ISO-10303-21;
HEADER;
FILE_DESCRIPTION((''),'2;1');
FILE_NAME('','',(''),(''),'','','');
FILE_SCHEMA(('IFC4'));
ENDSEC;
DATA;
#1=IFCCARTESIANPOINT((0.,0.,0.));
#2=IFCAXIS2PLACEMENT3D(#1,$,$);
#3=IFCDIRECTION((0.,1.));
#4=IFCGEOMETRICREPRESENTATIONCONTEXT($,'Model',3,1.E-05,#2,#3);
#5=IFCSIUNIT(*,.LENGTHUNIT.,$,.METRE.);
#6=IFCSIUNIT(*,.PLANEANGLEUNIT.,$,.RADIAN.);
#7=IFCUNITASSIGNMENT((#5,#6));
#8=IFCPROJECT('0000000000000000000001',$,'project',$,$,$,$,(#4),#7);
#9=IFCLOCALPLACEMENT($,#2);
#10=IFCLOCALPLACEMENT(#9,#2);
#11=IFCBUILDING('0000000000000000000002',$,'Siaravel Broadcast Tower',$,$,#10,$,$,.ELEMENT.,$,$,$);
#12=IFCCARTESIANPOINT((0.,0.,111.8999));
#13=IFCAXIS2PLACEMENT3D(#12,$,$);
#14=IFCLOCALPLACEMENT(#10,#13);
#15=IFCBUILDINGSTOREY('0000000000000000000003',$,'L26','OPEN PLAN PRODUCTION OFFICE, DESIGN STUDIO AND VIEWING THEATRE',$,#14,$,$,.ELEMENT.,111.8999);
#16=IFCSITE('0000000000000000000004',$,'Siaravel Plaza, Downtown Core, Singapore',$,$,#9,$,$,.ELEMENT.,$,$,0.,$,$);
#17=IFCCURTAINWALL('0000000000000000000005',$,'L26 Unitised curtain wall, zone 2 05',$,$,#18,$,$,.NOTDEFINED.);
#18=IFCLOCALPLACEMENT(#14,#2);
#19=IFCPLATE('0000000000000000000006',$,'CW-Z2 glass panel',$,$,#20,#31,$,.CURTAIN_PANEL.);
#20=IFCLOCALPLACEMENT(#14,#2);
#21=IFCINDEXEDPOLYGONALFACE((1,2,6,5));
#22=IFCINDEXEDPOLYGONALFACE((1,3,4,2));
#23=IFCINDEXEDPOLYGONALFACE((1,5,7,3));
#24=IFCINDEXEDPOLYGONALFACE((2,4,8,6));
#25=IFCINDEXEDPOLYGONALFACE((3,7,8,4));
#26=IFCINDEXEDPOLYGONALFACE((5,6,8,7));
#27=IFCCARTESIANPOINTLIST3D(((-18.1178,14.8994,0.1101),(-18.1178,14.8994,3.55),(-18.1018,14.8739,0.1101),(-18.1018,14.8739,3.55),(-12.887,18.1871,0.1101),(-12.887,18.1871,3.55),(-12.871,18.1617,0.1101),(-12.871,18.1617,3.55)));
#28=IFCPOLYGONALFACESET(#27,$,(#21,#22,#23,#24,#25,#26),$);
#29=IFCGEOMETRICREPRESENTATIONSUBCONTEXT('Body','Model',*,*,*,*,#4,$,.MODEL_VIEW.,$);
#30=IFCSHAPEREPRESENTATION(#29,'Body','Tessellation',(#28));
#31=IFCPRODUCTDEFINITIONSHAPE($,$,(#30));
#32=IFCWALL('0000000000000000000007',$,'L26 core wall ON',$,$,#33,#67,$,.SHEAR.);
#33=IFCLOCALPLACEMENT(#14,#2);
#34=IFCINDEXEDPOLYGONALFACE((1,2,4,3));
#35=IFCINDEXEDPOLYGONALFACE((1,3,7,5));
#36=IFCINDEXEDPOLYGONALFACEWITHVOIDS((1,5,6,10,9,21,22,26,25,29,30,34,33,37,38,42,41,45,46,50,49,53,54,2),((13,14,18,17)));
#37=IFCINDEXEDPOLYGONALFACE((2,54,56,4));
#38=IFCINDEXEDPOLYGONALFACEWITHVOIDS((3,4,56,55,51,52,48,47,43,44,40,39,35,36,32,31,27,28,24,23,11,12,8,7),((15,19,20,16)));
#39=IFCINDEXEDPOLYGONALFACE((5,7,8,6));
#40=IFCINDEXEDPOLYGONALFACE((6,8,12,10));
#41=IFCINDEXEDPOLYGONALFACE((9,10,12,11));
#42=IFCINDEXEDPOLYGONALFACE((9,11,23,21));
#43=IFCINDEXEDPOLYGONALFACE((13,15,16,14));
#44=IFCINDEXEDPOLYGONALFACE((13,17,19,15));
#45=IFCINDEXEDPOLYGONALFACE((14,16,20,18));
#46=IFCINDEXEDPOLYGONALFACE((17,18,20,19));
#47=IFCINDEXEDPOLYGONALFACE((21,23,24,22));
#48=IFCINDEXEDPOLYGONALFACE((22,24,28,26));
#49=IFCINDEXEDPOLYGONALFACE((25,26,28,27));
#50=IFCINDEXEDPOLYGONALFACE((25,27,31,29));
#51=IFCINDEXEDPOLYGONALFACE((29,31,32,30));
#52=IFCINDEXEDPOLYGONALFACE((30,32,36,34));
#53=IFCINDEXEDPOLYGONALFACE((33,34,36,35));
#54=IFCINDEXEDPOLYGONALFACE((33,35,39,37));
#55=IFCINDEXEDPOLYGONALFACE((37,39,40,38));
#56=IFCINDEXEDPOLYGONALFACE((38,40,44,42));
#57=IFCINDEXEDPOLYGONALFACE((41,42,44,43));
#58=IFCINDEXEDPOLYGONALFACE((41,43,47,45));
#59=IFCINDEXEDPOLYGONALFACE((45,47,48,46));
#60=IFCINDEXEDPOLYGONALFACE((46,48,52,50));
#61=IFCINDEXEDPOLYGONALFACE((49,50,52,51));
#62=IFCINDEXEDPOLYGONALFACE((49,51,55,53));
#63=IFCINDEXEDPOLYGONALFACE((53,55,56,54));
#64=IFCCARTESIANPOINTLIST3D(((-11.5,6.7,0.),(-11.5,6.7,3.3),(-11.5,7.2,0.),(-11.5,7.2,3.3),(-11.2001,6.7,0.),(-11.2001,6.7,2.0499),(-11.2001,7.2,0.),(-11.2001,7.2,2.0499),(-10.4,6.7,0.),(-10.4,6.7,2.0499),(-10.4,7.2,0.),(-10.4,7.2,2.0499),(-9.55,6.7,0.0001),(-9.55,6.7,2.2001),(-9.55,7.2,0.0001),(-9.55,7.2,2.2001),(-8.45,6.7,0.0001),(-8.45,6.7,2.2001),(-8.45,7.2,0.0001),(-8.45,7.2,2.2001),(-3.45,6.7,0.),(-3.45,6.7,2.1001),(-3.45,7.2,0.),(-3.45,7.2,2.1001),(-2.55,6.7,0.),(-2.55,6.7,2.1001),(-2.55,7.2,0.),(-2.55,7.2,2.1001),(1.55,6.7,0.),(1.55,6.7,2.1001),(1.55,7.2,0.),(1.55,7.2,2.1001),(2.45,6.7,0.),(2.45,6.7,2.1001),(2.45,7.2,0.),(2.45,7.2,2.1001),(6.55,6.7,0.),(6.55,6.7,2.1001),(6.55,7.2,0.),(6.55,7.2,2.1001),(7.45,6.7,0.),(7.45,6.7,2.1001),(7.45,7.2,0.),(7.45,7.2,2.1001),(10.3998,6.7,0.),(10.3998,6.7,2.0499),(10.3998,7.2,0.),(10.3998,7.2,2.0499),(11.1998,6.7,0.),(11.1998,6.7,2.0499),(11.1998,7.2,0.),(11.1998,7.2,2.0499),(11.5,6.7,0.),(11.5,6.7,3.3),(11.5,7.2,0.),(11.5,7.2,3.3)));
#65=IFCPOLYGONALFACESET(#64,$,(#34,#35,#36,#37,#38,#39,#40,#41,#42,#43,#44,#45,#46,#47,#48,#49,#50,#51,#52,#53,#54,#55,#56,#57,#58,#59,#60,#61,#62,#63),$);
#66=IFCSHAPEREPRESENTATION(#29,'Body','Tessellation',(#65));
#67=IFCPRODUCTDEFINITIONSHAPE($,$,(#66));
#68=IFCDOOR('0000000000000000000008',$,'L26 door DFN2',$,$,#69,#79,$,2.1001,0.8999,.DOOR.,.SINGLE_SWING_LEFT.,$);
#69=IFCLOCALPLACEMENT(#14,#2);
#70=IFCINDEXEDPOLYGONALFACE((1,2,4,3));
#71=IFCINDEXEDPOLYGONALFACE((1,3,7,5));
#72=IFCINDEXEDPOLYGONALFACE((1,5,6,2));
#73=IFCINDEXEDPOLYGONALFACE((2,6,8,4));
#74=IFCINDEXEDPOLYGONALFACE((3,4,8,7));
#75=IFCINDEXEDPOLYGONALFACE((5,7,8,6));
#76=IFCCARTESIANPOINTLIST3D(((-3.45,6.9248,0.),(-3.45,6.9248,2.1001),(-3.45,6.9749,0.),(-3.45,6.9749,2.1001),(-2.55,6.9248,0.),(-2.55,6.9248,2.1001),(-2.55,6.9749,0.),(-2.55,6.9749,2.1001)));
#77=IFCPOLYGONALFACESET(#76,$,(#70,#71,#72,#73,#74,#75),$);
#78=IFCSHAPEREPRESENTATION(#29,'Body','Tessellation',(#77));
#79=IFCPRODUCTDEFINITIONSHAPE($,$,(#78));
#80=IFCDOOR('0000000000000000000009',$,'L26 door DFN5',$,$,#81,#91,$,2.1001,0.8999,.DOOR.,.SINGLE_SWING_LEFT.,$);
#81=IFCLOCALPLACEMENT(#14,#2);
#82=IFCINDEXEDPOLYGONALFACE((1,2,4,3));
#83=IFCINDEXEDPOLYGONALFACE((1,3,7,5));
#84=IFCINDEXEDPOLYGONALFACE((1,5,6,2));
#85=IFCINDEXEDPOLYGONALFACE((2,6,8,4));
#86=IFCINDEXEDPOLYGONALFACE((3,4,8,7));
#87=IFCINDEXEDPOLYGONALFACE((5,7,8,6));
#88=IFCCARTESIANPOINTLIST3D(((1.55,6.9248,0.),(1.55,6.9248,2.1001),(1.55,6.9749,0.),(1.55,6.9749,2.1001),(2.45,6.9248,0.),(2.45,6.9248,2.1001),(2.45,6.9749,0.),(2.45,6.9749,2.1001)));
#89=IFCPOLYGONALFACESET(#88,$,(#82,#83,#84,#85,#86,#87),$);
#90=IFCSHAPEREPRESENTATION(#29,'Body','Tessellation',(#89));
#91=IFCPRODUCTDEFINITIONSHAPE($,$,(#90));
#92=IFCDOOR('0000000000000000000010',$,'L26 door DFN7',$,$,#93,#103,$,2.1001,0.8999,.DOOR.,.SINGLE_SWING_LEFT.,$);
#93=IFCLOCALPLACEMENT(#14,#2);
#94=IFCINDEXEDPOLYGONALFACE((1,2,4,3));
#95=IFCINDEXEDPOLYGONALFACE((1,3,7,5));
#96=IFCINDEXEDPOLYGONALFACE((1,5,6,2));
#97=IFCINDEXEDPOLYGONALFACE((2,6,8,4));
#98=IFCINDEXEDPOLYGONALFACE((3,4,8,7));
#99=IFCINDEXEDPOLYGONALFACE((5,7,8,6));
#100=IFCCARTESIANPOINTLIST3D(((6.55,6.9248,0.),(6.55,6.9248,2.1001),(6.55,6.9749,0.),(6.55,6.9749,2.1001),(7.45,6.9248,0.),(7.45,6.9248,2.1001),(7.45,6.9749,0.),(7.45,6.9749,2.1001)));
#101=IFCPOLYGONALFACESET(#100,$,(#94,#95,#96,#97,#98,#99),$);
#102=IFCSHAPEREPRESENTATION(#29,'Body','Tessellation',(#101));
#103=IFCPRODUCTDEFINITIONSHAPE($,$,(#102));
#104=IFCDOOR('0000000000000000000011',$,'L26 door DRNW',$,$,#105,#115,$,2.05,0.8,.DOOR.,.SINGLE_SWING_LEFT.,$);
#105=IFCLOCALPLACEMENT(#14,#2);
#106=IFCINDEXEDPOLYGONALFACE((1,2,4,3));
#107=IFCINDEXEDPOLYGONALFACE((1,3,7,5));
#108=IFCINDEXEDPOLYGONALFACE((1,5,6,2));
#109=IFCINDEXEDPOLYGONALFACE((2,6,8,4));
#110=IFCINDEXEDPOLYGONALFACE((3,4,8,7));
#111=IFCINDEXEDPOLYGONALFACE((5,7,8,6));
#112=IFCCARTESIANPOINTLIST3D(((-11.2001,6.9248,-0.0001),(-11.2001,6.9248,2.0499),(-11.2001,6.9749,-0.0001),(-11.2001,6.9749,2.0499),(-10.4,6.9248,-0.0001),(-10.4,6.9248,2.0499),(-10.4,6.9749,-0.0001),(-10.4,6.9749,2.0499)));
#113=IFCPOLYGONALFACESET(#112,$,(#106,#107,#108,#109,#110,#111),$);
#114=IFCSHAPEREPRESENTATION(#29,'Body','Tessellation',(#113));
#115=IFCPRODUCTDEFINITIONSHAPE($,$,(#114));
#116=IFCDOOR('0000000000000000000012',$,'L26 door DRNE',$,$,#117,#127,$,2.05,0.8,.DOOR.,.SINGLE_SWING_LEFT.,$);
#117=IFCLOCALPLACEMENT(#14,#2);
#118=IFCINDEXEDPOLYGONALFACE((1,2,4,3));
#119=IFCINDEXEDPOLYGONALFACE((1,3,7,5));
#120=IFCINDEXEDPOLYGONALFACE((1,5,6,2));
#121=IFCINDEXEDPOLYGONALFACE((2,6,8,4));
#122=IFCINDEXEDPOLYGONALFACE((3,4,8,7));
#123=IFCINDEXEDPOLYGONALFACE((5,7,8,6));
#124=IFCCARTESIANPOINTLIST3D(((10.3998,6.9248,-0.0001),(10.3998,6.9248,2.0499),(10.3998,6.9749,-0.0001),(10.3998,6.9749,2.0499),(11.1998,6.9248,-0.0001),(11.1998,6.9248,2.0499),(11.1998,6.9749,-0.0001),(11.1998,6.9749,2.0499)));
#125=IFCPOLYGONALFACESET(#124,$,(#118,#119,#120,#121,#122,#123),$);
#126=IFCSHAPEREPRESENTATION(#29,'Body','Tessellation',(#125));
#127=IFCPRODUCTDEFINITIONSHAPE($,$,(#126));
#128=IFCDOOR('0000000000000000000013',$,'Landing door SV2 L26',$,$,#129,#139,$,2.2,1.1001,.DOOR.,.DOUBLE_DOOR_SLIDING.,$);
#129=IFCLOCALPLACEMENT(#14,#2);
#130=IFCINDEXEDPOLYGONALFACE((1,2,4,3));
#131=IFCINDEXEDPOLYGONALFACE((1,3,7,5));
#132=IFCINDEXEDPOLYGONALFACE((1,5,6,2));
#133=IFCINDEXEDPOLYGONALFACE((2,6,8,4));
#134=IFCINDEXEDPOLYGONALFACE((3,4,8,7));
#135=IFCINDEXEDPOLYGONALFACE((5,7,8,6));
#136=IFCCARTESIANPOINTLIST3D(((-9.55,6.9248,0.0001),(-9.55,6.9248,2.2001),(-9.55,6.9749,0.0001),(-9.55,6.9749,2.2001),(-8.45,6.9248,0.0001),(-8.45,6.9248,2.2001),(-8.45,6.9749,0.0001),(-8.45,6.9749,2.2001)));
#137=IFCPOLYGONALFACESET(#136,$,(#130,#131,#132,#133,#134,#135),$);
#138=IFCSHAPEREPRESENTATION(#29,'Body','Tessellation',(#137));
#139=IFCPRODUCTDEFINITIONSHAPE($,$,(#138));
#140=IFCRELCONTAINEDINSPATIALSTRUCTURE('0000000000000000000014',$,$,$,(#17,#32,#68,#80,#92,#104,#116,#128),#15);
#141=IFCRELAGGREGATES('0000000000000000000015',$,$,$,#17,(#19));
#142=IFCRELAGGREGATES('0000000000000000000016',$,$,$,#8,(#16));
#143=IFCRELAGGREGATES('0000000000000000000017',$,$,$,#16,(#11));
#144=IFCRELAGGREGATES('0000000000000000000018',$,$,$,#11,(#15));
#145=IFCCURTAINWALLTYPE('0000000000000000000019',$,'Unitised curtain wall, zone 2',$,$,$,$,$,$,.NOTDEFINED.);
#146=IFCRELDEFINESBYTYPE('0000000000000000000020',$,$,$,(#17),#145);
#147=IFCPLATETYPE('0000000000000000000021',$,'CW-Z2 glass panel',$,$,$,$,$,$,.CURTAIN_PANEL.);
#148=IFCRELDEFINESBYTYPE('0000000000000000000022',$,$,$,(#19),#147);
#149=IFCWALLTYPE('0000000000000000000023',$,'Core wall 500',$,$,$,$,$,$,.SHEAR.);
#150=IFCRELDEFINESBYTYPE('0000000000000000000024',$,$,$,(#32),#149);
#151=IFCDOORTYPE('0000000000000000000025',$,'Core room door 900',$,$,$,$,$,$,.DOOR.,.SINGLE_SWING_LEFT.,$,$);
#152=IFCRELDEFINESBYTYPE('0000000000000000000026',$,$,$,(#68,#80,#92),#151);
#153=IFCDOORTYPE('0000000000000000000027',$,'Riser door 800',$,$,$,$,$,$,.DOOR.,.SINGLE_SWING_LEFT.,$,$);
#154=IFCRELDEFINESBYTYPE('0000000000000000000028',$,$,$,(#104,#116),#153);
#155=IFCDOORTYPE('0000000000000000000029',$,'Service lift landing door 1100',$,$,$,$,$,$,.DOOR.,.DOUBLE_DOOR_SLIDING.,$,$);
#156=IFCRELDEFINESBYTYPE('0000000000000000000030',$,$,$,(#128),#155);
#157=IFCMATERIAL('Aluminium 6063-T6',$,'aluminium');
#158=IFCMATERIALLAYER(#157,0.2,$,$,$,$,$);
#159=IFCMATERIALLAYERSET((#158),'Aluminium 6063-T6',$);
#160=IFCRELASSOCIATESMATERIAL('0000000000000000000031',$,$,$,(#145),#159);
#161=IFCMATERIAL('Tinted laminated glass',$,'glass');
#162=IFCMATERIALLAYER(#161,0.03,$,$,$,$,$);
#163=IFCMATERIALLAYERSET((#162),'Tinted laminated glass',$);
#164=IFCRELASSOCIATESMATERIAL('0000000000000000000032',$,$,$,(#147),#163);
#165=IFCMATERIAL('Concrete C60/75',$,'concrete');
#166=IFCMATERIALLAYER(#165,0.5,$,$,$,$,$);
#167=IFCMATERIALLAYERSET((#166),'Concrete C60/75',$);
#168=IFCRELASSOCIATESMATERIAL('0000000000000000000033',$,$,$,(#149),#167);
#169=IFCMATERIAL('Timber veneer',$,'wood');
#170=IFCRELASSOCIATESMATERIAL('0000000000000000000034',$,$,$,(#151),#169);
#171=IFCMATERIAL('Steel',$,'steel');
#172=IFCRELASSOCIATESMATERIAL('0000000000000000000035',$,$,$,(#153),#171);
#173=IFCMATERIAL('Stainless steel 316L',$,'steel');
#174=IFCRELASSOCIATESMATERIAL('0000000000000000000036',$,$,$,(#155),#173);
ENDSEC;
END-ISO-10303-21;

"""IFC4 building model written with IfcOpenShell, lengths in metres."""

from ifc_helpers import new_model, si_unit, direction, frame, frame_2d, origin, origin_2d, place, context, subcontext, project, spatial, rectangle, extrude, material, layer, layer_set, type_object, element, fill, aggregate, save


model = new_model("IFC4")

# Units and contexts
model_context = context("Model", 3, precision=1e-05, world=origin(), true_north=direction((0.0, 1.0)))
body_context = subcontext(model_context, "Body", "Model", "MODEL_VIEW")
ifc_project = project(units=[si_unit("LENGTHUNIT", "METRE"), si_unit("PLANEANGLEUNIT", "RADIAN")], contexts=[model_context])

# Site, building, storey
site_placement = place(None, origin())
site = spatial("IfcSite", under=ifc_project, at=site_placement, Name="Siaravel Plaza, Downtown Core, Singapore", CompositionType="ELEMENT", RefElevation=0.0)
building_placement = place(site_placement, origin())
building = spatial("IfcBuilding", under=site, at=building_placement, Name="Siaravel Broadcast Tower", CompositionType="ELEMENT")
storey_placement = place(building_placement, frame((0.0, 0.0, 111.8999)))
storey = spatial("IfcBuildingStorey", under=building, at=storey_placement, Name="L26", Description="OPEN PLAN PRODUCTION OFFICE, DESIGN STUDIO AND VIEWING THEATRE", CompositionType="ELEMENT", Elevation=111.8999)

# Curtain wall, plate
ifc_material_1 = material(Name="Aluminium 6063-T6", Category="aluminium")
ifc_layer_1 = layer(ifc_material_1, 0.2)
ifc_layer_set_1 = layer_set([ifc_layer_1], Name="Aluminium 6063-T6")
curtain_wall_type = type_object("IfcCurtainWallType", Name="Unitised curtain wall, zone 2", PredefinedType="NOTDEFINED", material=ifc_layer_set_1)
curtain_wall_placement = place(storey_placement, origin())
curtain_wall = element("IfcCurtainWall", 1, at=curtain_wall_placement, inside=storey, type_object=curtain_wall_type, Name="L26 Unitised curtain wall, zone 2 05", PredefinedType="NOTDEFINED")
ifc_material_2 = material(Name="Tinted laminated glass", Category="glass")
ifc_layer_2 = layer(ifc_material_2, 0.03)
ifc_layer_set_2 = layer_set([ifc_layer_2], Name="Tinted laminated glass")
plate_type = type_object("IfcPlateType", Name="CW-Z2 glass panel", PredefinedType="CURTAIN_PANEL", material=ifc_layer_set_2)
plate_placement = place(storey_placement, frame((-15.4944, 16.5305, 0.1101), z_axis=(0.0, 0.0, 1.0), x_axis=(-0.846651, -0.532149, 0.0)))
plate = element("IfcPlate", 2, at=plate_placement, type_object=plate_type, Name="CW-Z2 glass panel", PredefinedType="CURTAIN_PANEL", context=body_context, shape_type="SweptSolid", body=[
    extrude(rectangle(XDim=6.1782, YDim=0.03, at=origin_2d()), origin(), (0.0, 0.0, 1.0), 3.4399),
])
aggregate(curtain_wall, [plate])

# Wall, openings, doors
ifc_material_3 = material(Name="Concrete C60/75", Category="concrete")
ifc_layer_3 = layer(ifc_material_3, 0.5)
ifc_layer_set_3 = layer_set([ifc_layer_3], Name="Concrete C60/75")
wall_type_1 = type_object("IfcWallType", Name="Core wall 500", PredefinedType="SHEAR", material=ifc_layer_set_3)
wall_1_placement = place(storey_placement, frame((-11.5, 6.95, 0.0), z_axis=(0.0, 0.0, 1.0), x_axis=(1.0, 0.0, 0.0)))
wall_1 = element("IfcWall", 3, at=wall_1_placement, inside=storey, type_object=wall_type_1, Name="L26 core wall ON", PredefinedType="SHEAR", context=body_context, shape_type="SweptSolid", body=[
    extrude(rectangle(XDim=23.0, YDim=0.5, at=frame_2d((11.5, 0.0))), origin(), (0.0, 0.0, 1.0), 3.3),
])
opening_1_placement = place(wall_1_placement, frame((1.95, 0.0, 0.0)))
opening_1 = element("IfcOpeningElement", 4, at=opening_1_placement, cuts=wall_1, PredefinedType="OPENING", context=body_context, shape_type="SweptSolid", body=[
    extrude(rectangle(XDim=1.1001, YDim=2.2, at=frame_2d((0.55, 1.1001))), frame((0.0, 0.26, 0.0), z_axis=(0.0, -1.0, 0.0), x_axis=(1.0, 0.0, 0.0)), (0.0, 0.0, 1.0), 0.52),
])
opening_2_placement = place(wall_1_placement, frame((8.05, 0.0, 0.0)))
opening_2 = element("IfcOpeningElement", 5, at=opening_2_placement, cuts=wall_1, PredefinedType="OPENING", context=body_context, shape_type="SweptSolid", body=[
    extrude(rectangle(XDim=0.8999, YDim=2.1001, at=frame_2d((0.45, 1.05))), frame((0.0, 0.26, 0.0), z_axis=(0.0, -1.0, 0.0), x_axis=(1.0, 0.0, 0.0)), (0.0, 0.0, 1.0), 0.52),
])
opening_3_placement = place(wall_1_placement, frame((13.05, 0.0, 0.0)))
opening_3 = element("IfcOpeningElement", 6, at=opening_3_placement, cuts=wall_1, PredefinedType="OPENING", context=body_context, shape_type="SweptSolid", body=[
    extrude(rectangle(XDim=0.8999, YDim=2.1001, at=frame_2d((0.45, 1.05))), frame((0.0, 0.26, 0.0), z_axis=(0.0, -1.0, 0.0), x_axis=(1.0, 0.0, 0.0)), (0.0, 0.0, 1.0), 0.52),
])
opening_4_placement = place(wall_1_placement, frame((18.05, 0.0, 0.0)))
opening_4 = element("IfcOpeningElement", 7, at=opening_4_placement, cuts=wall_1, PredefinedType="OPENING", context=body_context, shape_type="SweptSolid", body=[
    extrude(rectangle(XDim=0.8999, YDim=2.1001, at=frame_2d((0.45, 1.05))), frame((0.0, 0.26, 0.0), z_axis=(0.0, -1.0, 0.0), x_axis=(1.0, 0.0, 0.0)), (0.0, 0.0, 1.0), 0.52),
])
opening_5_placement = place(wall_1_placement, frame((0.3, 0.0, 0.0)))
opening_5 = element("IfcOpeningElement", 8, at=opening_5_placement, cuts=wall_1, PredefinedType="OPENING", context=body_context, shape_type="SweptSolid", body=[
    extrude(rectangle(XDim=0.8, YDim=2.05, at=frame_2d((0.3999, 1.0249))), frame((0.0, 0.26, 0.0), z_axis=(0.0, -1.0, 0.0), x_axis=(1.0, 0.0, 0.0)), (0.0, 0.0, 1.0), 0.52),
])
opening_6_placement = place(wall_1_placement, frame((21.8999, 0.0, 0.0)))
opening_6 = element("IfcOpeningElement", 9, at=opening_6_placement, cuts=wall_1, PredefinedType="OPENING", context=body_context, shape_type="SweptSolid", body=[
    extrude(rectangle(XDim=0.8, YDim=2.05, at=frame_2d((0.3999, 1.0249))), frame((0.0, 0.26, 0.0), z_axis=(0.0, -1.0, 0.0), x_axis=(1.0, 0.0, 0.0)), (0.0, 0.0, 1.0), 0.52),
])
ifc_material_4 = material(Name="Timber veneer", Category="wood")
door_type_1 = type_object("IfcDoorType", Name="Core room door 900", OperationType="SINGLE_SWING_LEFT", PredefinedType="DOOR", material=ifc_material_4)
door_1_placement = place(opening_2_placement, origin())
door_1 = element("IfcDoor", 10, at=door_1_placement, inside=storey, type_object=door_type_1, Name="L26 door DFN2", OperationType="SINGLE_SWING_LEFT", OverallHeight=2.1001, OverallWidth=0.8999, PredefinedType="DOOR", context=body_context, shape_type="SweptSolid", body=[
    extrude(rectangle(XDim=0.8999, YDim=2.1001, at=frame_2d((0.45, 1.05))), frame((0.0, 0.0249, 0.0), z_axis=(0.0, -1.0, 0.0), x_axis=(1.0, 0.0, 0.0)), (0.0, 0.0, 1.0), 0.05),
])
fill(opening_2, door_1)
door_2_placement = place(opening_3_placement, origin())
door_2 = element("IfcDoor", 11, at=door_2_placement, inside=storey, type_object=door_type_1, Name="L26 door DFN5", OperationType="SINGLE_SWING_LEFT", OverallHeight=2.1001, OverallWidth=0.8999, PredefinedType="DOOR", context=body_context, shape_type="SweptSolid", body=[
    extrude(rectangle(XDim=0.8999, YDim=2.1001, at=frame_2d((0.45, 1.05))), frame((0.0, 0.0249, 0.0), z_axis=(0.0, -1.0, 0.0), x_axis=(1.0, 0.0, 0.0)), (0.0, 0.0, 1.0), 0.05),
])
fill(opening_3, door_2)
door_3_placement = place(opening_4_placement, origin())
door_3 = element("IfcDoor", 12, at=door_3_placement, inside=storey, type_object=door_type_1, Name="L26 door DFN7", OperationType="SINGLE_SWING_LEFT", OverallHeight=2.1001, OverallWidth=0.8999, PredefinedType="DOOR", context=body_context, shape_type="SweptSolid", body=[
    extrude(rectangle(XDim=0.8999, YDim=2.1001, at=frame_2d((0.45, 1.05))), frame((0.0, 0.0249, 0.0), z_axis=(0.0, -1.0, 0.0), x_axis=(1.0, 0.0, 0.0)), (0.0, 0.0, 1.0), 0.05),
])
fill(opening_4, door_3)
ifc_material_5 = material(Name="Steel", Category="steel")
door_type_2 = type_object("IfcDoorType", Name="Riser door 800", OperationType="SINGLE_SWING_LEFT", PredefinedType="DOOR", material=ifc_material_5)
door_4_placement = place(opening_5_placement, origin())
door_4 = element("IfcDoor", 13, at=door_4_placement, inside=storey, type_object=door_type_2, Name="L26 door DRNW", OperationType="SINGLE_SWING_LEFT", OverallHeight=2.05, OverallWidth=0.8, PredefinedType="DOOR", context=body_context, shape_type="SweptSolid", body=[
    extrude(rectangle(XDim=0.8, YDim=2.05, at=frame_2d((0.3999, 1.0249))), frame((0.0, 0.0249, 0.0), z_axis=(0.0, -1.0, 0.0), x_axis=(1.0, 0.0, 0.0)), (0.0, 0.0, 1.0), 0.05),
])
fill(opening_5, door_4)
door_5_placement = place(opening_6_placement, origin())
door_5 = element("IfcDoor", 14, at=door_5_placement, inside=storey, type_object=door_type_2, Name="L26 door DRNE", OperationType="SINGLE_SWING_LEFT", OverallHeight=2.05, OverallWidth=0.8, PredefinedType="DOOR", context=body_context, shape_type="SweptSolid", body=[
    extrude(rectangle(XDim=0.8, YDim=2.05, at=frame_2d((0.3999, 1.0249))), frame((0.0, 0.0249, 0.0), z_axis=(0.0, -1.0, 0.0), x_axis=(1.0, 0.0, 0.0)), (0.0, 0.0, 1.0), 0.05),
])
fill(opening_6, door_5)
ifc_material_6 = material(Name="Stainless steel 316L", Category="steel")
door_type_3 = type_object("IfcDoorType", Name="Service lift landing door 1100", OperationType="DOUBLE_DOOR_SLIDING", PredefinedType="DOOR", material=ifc_material_6)
door_6_placement = place(opening_1_placement, origin())
door_6 = element("IfcDoor", 15, at=door_6_placement, inside=storey, type_object=door_type_3, Name="Landing door SV2 L26", OperationType="DOUBLE_DOOR_SLIDING", OverallHeight=2.2, OverallWidth=1.1001, PredefinedType="DOOR", context=body_context, shape_type="SweptSolid", body=[
    extrude(rectangle(XDim=1.1001, YDim=2.2, at=frame_2d((0.55, 1.1001))), frame((0.0, 0.0249, 0.0), z_axis=(0.0, -1.0, 0.0), x_axis=(1.0, 0.0, 0.0)), (0.0, 0.0, 1.0), 0.05),
])
fill(opening_1, door_6)

save(model, "model.ifc")
